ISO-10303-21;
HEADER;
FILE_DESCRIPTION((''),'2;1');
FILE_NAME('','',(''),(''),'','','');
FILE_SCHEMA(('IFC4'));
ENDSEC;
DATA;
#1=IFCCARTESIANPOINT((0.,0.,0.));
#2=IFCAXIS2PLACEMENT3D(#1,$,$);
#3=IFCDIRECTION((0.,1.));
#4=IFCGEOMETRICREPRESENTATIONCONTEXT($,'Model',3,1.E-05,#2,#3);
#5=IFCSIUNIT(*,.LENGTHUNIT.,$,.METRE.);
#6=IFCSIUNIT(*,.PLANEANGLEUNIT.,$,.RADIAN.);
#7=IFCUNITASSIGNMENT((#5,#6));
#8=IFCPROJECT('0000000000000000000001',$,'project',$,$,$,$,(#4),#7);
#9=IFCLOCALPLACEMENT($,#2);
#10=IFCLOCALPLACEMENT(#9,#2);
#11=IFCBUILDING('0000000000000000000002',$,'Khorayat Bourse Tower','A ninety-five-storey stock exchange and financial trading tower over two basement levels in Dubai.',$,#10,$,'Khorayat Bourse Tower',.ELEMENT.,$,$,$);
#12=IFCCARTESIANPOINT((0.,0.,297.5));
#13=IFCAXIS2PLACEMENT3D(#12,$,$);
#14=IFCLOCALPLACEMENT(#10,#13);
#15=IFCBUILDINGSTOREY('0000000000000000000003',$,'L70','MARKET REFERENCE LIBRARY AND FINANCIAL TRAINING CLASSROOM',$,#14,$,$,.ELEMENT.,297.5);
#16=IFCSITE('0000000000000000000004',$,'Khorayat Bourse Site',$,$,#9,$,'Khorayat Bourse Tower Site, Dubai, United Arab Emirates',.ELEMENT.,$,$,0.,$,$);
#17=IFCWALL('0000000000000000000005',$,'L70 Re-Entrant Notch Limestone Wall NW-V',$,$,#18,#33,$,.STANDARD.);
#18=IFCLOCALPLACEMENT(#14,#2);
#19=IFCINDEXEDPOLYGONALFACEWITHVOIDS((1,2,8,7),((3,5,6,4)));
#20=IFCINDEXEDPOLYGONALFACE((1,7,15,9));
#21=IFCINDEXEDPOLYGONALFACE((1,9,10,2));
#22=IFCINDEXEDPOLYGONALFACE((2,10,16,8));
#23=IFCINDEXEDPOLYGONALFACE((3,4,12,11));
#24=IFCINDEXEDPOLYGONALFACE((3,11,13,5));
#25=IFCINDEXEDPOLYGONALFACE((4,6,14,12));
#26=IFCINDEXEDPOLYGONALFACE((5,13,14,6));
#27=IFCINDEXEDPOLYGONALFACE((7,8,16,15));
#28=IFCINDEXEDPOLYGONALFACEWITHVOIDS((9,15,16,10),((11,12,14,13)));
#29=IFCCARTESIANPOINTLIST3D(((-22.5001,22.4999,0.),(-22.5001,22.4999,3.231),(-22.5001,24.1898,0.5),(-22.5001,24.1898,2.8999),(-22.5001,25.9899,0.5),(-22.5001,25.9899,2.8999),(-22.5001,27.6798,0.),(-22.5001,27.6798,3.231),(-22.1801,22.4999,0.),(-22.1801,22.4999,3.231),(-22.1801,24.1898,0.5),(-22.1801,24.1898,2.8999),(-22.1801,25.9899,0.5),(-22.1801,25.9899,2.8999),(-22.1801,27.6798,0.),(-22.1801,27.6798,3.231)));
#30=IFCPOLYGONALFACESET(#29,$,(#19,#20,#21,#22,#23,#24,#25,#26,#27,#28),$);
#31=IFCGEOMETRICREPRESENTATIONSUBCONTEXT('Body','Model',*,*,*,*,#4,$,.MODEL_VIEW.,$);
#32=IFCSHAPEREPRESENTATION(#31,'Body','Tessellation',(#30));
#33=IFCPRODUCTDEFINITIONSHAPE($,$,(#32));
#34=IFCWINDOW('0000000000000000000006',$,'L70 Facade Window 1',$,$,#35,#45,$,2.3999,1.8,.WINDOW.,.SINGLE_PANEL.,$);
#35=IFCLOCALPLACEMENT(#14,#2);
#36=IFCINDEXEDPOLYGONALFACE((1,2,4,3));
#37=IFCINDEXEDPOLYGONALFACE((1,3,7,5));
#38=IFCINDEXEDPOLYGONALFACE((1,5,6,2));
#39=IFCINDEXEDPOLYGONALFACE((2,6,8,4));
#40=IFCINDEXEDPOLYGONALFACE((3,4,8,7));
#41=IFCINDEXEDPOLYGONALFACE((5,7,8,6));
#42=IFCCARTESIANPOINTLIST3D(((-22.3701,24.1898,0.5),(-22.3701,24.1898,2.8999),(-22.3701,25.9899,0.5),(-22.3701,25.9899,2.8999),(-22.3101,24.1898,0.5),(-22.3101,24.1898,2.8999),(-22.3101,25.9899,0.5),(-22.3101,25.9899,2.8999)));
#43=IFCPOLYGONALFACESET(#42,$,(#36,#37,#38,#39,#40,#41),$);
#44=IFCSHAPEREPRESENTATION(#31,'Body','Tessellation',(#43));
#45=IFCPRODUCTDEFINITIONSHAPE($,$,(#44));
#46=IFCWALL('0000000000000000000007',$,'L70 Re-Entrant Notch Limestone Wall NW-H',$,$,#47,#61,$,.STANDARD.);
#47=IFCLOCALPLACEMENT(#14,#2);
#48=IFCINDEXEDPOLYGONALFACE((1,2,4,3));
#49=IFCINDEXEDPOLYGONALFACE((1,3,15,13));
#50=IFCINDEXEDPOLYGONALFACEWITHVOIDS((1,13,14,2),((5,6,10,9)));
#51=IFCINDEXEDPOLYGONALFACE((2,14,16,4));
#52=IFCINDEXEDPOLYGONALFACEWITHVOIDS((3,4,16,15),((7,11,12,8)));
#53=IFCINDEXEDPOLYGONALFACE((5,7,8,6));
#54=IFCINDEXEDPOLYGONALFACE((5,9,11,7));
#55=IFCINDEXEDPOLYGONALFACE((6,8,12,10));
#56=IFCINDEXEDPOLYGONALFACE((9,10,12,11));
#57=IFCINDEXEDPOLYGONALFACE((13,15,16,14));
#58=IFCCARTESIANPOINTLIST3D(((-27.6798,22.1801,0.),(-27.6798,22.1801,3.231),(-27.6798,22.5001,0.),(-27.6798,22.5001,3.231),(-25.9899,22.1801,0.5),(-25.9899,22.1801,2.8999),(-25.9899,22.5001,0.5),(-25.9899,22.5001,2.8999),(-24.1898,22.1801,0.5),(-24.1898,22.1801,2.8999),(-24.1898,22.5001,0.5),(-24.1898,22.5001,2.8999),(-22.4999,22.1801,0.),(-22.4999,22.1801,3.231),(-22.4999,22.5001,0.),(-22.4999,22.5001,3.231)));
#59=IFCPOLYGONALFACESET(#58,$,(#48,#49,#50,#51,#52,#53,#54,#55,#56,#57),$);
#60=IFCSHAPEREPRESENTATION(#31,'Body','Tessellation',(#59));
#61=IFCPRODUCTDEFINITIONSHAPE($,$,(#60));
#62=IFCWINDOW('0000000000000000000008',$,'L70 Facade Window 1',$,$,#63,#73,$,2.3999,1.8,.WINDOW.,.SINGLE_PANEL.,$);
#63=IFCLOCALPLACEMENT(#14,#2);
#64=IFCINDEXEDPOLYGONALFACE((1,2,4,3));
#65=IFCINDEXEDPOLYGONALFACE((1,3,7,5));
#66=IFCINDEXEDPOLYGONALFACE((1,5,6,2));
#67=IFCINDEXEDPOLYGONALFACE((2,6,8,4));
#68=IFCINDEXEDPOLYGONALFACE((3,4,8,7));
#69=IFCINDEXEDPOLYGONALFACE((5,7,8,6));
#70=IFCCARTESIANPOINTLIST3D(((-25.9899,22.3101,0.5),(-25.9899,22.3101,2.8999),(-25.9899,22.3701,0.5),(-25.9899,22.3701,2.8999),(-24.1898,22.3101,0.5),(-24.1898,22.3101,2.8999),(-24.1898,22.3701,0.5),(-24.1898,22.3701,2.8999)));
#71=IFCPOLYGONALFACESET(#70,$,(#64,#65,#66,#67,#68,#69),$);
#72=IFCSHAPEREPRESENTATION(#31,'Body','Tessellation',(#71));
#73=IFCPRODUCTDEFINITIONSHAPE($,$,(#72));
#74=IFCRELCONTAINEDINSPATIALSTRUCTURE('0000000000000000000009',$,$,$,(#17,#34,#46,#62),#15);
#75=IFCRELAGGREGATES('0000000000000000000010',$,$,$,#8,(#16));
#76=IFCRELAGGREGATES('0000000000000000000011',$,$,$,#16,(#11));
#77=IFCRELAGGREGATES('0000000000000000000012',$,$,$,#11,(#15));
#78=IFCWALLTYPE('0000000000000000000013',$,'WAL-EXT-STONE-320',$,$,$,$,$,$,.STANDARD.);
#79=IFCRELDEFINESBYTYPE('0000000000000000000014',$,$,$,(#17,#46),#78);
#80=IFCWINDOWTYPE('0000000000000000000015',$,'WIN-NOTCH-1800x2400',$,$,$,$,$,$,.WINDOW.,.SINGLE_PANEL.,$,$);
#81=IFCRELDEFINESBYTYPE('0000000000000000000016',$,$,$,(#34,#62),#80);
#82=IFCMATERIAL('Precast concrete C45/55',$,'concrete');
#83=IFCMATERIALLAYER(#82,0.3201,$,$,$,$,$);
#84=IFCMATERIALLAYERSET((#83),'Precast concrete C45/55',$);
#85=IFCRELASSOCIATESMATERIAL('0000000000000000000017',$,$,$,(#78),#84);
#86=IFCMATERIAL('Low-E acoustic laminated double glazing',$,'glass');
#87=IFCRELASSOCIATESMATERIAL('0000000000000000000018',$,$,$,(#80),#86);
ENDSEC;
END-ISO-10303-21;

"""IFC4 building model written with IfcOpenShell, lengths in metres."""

from ifc_helpers import new_model, si_unit, direction, frame, frame_2d, origin, place, context, subcontext, project, spatial, rectangle, extrude, source, transform, mapped, material, layer, layer_set, type_object, element, fill, save


model = new_model("IFC4")

# Units and contexts
model_context = context("Model", 3, precision=1e-05, world=origin(), true_north=direction((0.0, 1.0)))
body_context = subcontext(model_context, "Body", "Model", "MODEL_VIEW")
ifc_project = project(units=[si_unit("LENGTHUNIT", "METRE"), si_unit("PLANEANGLEUNIT", "RADIAN")], contexts=[model_context])

# Site, building, storey
site_placement = place(None, origin())
site = spatial("IfcSite", under=ifc_project, at=site_placement, Name="Khorayat Bourse Site", LongName="Khorayat Bourse Tower Site, Dubai, United Arab Emirates", CompositionType="ELEMENT", RefElevation=0.0)
building_placement = place(site_placement, origin())
building = spatial("IfcBuilding", under=site, at=building_placement, Name="Khorayat Bourse Tower", Description="A ninety-five-storey stock exchange and financial trading tower over two basement levels in Dubai.", LongName="Khorayat Bourse Tower", CompositionType="ELEMENT")
storey_placement = place(building_placement, frame((0.0, 0.0, 297.5)))
storey = spatial("IfcBuildingStorey", under=building, at=storey_placement, Name="L70", Description="MARKET REFERENCE LIBRARY AND FINANCIAL TRAINING CLASSROOM", CompositionType="ELEMENT", Elevation=297.5)

# Walls, openings, windows
ifc_material_1 = material(Name="Precast concrete C45/55", Category="concrete")
ifc_layer_1 = layer(ifc_material_1, 0.3201)
ifc_layer_set_1 = layer_set([ifc_layer_1], Name="Precast concrete C45/55")
wall_type = type_object("IfcWallType", Name="WAL-EXT-STONE-320", PredefinedType="STANDARD", material=ifc_layer_set_1)
shared_shape_1 = source(origin(), body_context, "Body", "SweptSolid", [
    extrude(rectangle(XDim=5.1799, YDim=0.3201, at=frame_2d((2.5898, 0.0))), origin(), (0.0, 0.0, 1.0), 3.231),
])
wall_1_placement = place(storey_placement, frame((-22.3401, 22.5, 0.0), z_axis=(0.0, 0.0, 1.0), x_axis=(0.0, 1.0, 0.0)))
wall_1 = element("IfcWall", 1, at=wall_1_placement, inside=storey, type_object=wall_type, Name="L70 Re-Entrant Notch Limestone Wall NW-V", PredefinedType="STANDARD", context=body_context, shape_type="MappedRepresentation", body=[
    mapped(shared_shape_1, transform((0.0, 0.0, 0.0), scale=1.0)),
])
shared_shape_2 = source(origin(), body_context, "Body", "SweptSolid", [
    extrude(rectangle(XDim=1.8, YDim=2.3999, at=frame_2d((0.8999, 1.2))), frame((0.0, 0.1699, 0.0), z_axis=(0.0, -1.0, 0.0), x_axis=(1.0, 0.0, 0.0)), (0.0, 0.0, 1.0), 0.3401),
])
opening_1_placement = place(wall_1_placement, frame((1.6899, 0.0, 0.5)))
opening_1 = element("IfcOpeningElement", 2, at=opening_1_placement, cuts=wall_1, PredefinedType="OPENING", context=body_context, shape_type="MappedRepresentation", body=[
    mapped(shared_shape_2, transform((0.0, 0.0, 0.0), scale=1.0)),
])
ifc_material_2 = material(Name="Low-E acoustic laminated double glazing", Category="glass")
window_type = type_object("IfcWindowType", Name="WIN-NOTCH-1800x2400", PartitioningType="SINGLE_PANEL", PredefinedType="WINDOW", material=ifc_material_2)
shared_shape_3 = source(origin(), body_context, "Body", "SweptSolid", [
    extrude(rectangle(XDim=1.8, YDim=2.3999, at=frame_2d((0.8999, 1.2))), frame((0.0, 0.03, 0.0), z_axis=(0.0, -1.0, 0.0), x_axis=(1.0, 0.0, 0.0)), (0.0, 0.0, 1.0), 0.0601),
])
window_1_placement = place(opening_1_placement, origin())
window_1 = element("IfcWindow", 3, at=window_1_placement, inside=storey, type_object=window_type, Name="L70 Facade Window 1", OverallHeight=2.3999, OverallWidth=1.8, PartitioningType="SINGLE_PANEL", PredefinedType="WINDOW", context=body_context, shape_type="MappedRepresentation", body=[
    mapped(shared_shape_3, transform((0.0, 0.0, 0.0), scale=1.0)),
])
fill(opening_1, window_1)
wall_2_placement = place(storey_placement, frame((-22.5, 22.3401, 0.0), z_axis=(0.0, 0.0, 1.0), x_axis=(-1.0, 0.0, 0.0)))
wall_2 = element("IfcWall", 4, at=wall_2_placement, inside=storey, type_object=wall_type, Name="L70 Re-Entrant Notch Limestone Wall NW-H", PredefinedType="STANDARD", context=body_context, shape_type="MappedRepresentation", body=[
    mapped(shared_shape_1, transform((0.0, 0.0, 0.0), scale=1.0)),
])
opening_2_placement = place(wall_2_placement, frame((1.6899, 0.0, 0.5)))
opening_2 = element("IfcOpeningElement", 5, at=opening_2_placement, cuts=wall_2, PredefinedType="OPENING", context=body_context, shape_type="MappedRepresentation", body=[
    mapped(shared_shape_2, transform((0.0, 0.0, 0.0), scale=1.0)),
])
window_2_placement = place(opening_2_placement, origin())
window_2 = element("IfcWindow", 6, at=window_2_placement, inside=storey, type_object=window_type, Name="L70 Facade Window 1", OverallHeight=2.3999, OverallWidth=1.8, PartitioningType="SINGLE_PANEL", PredefinedType="WINDOW", context=body_context, shape_type="MappedRepresentation", body=[
    mapped(shared_shape_3, transform((0.0, 0.0, 0.0), scale=1.0)),
])
fill(opening_2, window_2)

save(model, "model.ifc")
